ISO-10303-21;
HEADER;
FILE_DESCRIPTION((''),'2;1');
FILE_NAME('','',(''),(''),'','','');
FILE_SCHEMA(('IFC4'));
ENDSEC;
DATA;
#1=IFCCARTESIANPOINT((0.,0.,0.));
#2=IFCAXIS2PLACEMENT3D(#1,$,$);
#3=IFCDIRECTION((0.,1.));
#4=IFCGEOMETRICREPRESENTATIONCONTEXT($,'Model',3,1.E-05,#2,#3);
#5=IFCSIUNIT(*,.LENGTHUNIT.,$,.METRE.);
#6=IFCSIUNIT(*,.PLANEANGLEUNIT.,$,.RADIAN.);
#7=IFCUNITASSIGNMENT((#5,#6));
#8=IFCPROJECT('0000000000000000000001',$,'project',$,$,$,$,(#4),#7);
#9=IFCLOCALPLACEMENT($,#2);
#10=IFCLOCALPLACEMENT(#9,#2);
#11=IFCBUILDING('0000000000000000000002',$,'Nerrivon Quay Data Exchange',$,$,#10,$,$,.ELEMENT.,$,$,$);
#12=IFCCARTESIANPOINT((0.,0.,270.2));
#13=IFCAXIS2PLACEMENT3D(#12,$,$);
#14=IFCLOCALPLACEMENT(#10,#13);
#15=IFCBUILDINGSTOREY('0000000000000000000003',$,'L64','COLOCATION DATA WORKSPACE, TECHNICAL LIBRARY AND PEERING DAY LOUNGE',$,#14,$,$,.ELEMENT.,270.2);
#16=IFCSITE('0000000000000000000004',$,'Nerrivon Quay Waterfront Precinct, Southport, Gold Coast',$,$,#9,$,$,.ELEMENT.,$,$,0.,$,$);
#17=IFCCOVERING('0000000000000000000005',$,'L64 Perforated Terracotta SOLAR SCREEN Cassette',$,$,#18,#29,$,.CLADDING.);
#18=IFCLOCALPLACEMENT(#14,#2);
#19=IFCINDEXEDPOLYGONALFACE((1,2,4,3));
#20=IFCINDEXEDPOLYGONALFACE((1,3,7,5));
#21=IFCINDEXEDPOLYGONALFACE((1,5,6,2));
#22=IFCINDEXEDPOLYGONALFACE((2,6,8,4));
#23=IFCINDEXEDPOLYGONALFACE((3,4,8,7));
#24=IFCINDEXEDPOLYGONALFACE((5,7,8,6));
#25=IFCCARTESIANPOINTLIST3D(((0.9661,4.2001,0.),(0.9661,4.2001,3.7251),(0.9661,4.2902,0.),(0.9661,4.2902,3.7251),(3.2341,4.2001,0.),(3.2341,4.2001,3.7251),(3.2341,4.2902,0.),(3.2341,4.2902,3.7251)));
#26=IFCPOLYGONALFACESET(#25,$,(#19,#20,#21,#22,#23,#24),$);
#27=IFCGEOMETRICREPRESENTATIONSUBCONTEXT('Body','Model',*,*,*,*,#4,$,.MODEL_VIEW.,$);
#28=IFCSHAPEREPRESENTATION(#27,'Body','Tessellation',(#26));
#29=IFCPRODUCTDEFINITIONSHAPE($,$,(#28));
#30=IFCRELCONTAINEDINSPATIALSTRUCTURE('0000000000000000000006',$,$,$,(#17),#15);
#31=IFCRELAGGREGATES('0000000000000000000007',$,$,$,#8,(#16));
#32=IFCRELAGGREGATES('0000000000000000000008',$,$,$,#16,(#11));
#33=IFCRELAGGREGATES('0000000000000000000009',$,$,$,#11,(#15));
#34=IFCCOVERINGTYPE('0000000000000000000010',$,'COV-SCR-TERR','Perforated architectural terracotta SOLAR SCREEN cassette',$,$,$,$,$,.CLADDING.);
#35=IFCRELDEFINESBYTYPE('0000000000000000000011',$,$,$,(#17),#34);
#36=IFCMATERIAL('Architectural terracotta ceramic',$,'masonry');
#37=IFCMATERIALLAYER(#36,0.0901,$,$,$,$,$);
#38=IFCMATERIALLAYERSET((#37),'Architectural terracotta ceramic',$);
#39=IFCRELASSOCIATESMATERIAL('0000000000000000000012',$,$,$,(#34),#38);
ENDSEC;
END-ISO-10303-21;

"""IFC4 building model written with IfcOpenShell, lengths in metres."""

from ifc_helpers import new_model, si_unit, direction, frame, origin, origin_2d, place, context, subcontext, project, spatial, rectangle, extrude, material, layer, layer_set, type_object, element, save


model = new_model("IFC4")

# Units and contexts
model_context = context("Model", 3, precision=1e-05, world=origin(), true_north=direction((0.0, 1.0)))
body_context = subcontext(model_context, "Body", "Model", "MODEL_VIEW")
ifc_project = project(units=[si_unit("LENGTHUNIT", "METRE"), si_unit("PLANEANGLEUNIT", "RADIAN")], contexts=[model_context])

# Site, building, storey
site_placement = place(None, origin())
site = spatial("IfcSite", under=ifc_project, at=site_placement, Name="Nerrivon Quay Waterfront Precinct, Southport, Gold Coast", CompositionType="ELEMENT", RefElevation=0.0)
building_placement = place(site_placement, origin())
building = spatial("IfcBuilding", under=site, at=building_placement, Name="Nerrivon Quay Data Exchange", CompositionType="ELEMENT")
storey_placement = place(building_placement, frame((0.0, 0.0, 270.2)))
storey = spatial("IfcBuildingStorey", under=building, at=storey_placement, Name="L64", Description="COLOCATION DATA WORKSPACE, TECHNICAL LIBRARY AND PEERING DAY LOUNGE", CompositionType="ELEMENT", Elevation=270.2)

# Covering
ifc_material_1 = material(Name="Architectural terracotta ceramic", Category="masonry")
ifc_layer_1 = layer(ifc_material_1, 0.0901)
ifc_layer_set_1 = layer_set([ifc_layer_1], Name="Architectural terracotta ceramic")
covering_type = type_object("IfcCoveringType", Name="COV-SCR-TERR", Description="Perforated architectural terracotta SOLAR SCREEN cassette", PredefinedType="CLADDING", material=ifc_layer_set_1)
for number, where, z_axis, x_axis, name in (
    (1, (2.1001, 4.2451, 0.0), (0.0, 0.0, 1.0), (-1.0, 0.0, 0.0), "L64 Perforated Terracotta SOLAR SCREEN Cassette"),
):
    element("IfcCovering", number, at=place(storey_placement, frame(where, z_axis=z_axis, x_axis=x_axis)), inside=storey, type_object=covering_type, Name=name, PredefinedType="CLADDING", context=body_context, shape_type="SweptSolid", body=[
        extrude(rectangle(XDim=2.2681, YDim=0.0901, at=origin_2d()), origin(), (0.0, 0.0, 1.0), 3.7251),
    ])

save(model, "model.ifc")
